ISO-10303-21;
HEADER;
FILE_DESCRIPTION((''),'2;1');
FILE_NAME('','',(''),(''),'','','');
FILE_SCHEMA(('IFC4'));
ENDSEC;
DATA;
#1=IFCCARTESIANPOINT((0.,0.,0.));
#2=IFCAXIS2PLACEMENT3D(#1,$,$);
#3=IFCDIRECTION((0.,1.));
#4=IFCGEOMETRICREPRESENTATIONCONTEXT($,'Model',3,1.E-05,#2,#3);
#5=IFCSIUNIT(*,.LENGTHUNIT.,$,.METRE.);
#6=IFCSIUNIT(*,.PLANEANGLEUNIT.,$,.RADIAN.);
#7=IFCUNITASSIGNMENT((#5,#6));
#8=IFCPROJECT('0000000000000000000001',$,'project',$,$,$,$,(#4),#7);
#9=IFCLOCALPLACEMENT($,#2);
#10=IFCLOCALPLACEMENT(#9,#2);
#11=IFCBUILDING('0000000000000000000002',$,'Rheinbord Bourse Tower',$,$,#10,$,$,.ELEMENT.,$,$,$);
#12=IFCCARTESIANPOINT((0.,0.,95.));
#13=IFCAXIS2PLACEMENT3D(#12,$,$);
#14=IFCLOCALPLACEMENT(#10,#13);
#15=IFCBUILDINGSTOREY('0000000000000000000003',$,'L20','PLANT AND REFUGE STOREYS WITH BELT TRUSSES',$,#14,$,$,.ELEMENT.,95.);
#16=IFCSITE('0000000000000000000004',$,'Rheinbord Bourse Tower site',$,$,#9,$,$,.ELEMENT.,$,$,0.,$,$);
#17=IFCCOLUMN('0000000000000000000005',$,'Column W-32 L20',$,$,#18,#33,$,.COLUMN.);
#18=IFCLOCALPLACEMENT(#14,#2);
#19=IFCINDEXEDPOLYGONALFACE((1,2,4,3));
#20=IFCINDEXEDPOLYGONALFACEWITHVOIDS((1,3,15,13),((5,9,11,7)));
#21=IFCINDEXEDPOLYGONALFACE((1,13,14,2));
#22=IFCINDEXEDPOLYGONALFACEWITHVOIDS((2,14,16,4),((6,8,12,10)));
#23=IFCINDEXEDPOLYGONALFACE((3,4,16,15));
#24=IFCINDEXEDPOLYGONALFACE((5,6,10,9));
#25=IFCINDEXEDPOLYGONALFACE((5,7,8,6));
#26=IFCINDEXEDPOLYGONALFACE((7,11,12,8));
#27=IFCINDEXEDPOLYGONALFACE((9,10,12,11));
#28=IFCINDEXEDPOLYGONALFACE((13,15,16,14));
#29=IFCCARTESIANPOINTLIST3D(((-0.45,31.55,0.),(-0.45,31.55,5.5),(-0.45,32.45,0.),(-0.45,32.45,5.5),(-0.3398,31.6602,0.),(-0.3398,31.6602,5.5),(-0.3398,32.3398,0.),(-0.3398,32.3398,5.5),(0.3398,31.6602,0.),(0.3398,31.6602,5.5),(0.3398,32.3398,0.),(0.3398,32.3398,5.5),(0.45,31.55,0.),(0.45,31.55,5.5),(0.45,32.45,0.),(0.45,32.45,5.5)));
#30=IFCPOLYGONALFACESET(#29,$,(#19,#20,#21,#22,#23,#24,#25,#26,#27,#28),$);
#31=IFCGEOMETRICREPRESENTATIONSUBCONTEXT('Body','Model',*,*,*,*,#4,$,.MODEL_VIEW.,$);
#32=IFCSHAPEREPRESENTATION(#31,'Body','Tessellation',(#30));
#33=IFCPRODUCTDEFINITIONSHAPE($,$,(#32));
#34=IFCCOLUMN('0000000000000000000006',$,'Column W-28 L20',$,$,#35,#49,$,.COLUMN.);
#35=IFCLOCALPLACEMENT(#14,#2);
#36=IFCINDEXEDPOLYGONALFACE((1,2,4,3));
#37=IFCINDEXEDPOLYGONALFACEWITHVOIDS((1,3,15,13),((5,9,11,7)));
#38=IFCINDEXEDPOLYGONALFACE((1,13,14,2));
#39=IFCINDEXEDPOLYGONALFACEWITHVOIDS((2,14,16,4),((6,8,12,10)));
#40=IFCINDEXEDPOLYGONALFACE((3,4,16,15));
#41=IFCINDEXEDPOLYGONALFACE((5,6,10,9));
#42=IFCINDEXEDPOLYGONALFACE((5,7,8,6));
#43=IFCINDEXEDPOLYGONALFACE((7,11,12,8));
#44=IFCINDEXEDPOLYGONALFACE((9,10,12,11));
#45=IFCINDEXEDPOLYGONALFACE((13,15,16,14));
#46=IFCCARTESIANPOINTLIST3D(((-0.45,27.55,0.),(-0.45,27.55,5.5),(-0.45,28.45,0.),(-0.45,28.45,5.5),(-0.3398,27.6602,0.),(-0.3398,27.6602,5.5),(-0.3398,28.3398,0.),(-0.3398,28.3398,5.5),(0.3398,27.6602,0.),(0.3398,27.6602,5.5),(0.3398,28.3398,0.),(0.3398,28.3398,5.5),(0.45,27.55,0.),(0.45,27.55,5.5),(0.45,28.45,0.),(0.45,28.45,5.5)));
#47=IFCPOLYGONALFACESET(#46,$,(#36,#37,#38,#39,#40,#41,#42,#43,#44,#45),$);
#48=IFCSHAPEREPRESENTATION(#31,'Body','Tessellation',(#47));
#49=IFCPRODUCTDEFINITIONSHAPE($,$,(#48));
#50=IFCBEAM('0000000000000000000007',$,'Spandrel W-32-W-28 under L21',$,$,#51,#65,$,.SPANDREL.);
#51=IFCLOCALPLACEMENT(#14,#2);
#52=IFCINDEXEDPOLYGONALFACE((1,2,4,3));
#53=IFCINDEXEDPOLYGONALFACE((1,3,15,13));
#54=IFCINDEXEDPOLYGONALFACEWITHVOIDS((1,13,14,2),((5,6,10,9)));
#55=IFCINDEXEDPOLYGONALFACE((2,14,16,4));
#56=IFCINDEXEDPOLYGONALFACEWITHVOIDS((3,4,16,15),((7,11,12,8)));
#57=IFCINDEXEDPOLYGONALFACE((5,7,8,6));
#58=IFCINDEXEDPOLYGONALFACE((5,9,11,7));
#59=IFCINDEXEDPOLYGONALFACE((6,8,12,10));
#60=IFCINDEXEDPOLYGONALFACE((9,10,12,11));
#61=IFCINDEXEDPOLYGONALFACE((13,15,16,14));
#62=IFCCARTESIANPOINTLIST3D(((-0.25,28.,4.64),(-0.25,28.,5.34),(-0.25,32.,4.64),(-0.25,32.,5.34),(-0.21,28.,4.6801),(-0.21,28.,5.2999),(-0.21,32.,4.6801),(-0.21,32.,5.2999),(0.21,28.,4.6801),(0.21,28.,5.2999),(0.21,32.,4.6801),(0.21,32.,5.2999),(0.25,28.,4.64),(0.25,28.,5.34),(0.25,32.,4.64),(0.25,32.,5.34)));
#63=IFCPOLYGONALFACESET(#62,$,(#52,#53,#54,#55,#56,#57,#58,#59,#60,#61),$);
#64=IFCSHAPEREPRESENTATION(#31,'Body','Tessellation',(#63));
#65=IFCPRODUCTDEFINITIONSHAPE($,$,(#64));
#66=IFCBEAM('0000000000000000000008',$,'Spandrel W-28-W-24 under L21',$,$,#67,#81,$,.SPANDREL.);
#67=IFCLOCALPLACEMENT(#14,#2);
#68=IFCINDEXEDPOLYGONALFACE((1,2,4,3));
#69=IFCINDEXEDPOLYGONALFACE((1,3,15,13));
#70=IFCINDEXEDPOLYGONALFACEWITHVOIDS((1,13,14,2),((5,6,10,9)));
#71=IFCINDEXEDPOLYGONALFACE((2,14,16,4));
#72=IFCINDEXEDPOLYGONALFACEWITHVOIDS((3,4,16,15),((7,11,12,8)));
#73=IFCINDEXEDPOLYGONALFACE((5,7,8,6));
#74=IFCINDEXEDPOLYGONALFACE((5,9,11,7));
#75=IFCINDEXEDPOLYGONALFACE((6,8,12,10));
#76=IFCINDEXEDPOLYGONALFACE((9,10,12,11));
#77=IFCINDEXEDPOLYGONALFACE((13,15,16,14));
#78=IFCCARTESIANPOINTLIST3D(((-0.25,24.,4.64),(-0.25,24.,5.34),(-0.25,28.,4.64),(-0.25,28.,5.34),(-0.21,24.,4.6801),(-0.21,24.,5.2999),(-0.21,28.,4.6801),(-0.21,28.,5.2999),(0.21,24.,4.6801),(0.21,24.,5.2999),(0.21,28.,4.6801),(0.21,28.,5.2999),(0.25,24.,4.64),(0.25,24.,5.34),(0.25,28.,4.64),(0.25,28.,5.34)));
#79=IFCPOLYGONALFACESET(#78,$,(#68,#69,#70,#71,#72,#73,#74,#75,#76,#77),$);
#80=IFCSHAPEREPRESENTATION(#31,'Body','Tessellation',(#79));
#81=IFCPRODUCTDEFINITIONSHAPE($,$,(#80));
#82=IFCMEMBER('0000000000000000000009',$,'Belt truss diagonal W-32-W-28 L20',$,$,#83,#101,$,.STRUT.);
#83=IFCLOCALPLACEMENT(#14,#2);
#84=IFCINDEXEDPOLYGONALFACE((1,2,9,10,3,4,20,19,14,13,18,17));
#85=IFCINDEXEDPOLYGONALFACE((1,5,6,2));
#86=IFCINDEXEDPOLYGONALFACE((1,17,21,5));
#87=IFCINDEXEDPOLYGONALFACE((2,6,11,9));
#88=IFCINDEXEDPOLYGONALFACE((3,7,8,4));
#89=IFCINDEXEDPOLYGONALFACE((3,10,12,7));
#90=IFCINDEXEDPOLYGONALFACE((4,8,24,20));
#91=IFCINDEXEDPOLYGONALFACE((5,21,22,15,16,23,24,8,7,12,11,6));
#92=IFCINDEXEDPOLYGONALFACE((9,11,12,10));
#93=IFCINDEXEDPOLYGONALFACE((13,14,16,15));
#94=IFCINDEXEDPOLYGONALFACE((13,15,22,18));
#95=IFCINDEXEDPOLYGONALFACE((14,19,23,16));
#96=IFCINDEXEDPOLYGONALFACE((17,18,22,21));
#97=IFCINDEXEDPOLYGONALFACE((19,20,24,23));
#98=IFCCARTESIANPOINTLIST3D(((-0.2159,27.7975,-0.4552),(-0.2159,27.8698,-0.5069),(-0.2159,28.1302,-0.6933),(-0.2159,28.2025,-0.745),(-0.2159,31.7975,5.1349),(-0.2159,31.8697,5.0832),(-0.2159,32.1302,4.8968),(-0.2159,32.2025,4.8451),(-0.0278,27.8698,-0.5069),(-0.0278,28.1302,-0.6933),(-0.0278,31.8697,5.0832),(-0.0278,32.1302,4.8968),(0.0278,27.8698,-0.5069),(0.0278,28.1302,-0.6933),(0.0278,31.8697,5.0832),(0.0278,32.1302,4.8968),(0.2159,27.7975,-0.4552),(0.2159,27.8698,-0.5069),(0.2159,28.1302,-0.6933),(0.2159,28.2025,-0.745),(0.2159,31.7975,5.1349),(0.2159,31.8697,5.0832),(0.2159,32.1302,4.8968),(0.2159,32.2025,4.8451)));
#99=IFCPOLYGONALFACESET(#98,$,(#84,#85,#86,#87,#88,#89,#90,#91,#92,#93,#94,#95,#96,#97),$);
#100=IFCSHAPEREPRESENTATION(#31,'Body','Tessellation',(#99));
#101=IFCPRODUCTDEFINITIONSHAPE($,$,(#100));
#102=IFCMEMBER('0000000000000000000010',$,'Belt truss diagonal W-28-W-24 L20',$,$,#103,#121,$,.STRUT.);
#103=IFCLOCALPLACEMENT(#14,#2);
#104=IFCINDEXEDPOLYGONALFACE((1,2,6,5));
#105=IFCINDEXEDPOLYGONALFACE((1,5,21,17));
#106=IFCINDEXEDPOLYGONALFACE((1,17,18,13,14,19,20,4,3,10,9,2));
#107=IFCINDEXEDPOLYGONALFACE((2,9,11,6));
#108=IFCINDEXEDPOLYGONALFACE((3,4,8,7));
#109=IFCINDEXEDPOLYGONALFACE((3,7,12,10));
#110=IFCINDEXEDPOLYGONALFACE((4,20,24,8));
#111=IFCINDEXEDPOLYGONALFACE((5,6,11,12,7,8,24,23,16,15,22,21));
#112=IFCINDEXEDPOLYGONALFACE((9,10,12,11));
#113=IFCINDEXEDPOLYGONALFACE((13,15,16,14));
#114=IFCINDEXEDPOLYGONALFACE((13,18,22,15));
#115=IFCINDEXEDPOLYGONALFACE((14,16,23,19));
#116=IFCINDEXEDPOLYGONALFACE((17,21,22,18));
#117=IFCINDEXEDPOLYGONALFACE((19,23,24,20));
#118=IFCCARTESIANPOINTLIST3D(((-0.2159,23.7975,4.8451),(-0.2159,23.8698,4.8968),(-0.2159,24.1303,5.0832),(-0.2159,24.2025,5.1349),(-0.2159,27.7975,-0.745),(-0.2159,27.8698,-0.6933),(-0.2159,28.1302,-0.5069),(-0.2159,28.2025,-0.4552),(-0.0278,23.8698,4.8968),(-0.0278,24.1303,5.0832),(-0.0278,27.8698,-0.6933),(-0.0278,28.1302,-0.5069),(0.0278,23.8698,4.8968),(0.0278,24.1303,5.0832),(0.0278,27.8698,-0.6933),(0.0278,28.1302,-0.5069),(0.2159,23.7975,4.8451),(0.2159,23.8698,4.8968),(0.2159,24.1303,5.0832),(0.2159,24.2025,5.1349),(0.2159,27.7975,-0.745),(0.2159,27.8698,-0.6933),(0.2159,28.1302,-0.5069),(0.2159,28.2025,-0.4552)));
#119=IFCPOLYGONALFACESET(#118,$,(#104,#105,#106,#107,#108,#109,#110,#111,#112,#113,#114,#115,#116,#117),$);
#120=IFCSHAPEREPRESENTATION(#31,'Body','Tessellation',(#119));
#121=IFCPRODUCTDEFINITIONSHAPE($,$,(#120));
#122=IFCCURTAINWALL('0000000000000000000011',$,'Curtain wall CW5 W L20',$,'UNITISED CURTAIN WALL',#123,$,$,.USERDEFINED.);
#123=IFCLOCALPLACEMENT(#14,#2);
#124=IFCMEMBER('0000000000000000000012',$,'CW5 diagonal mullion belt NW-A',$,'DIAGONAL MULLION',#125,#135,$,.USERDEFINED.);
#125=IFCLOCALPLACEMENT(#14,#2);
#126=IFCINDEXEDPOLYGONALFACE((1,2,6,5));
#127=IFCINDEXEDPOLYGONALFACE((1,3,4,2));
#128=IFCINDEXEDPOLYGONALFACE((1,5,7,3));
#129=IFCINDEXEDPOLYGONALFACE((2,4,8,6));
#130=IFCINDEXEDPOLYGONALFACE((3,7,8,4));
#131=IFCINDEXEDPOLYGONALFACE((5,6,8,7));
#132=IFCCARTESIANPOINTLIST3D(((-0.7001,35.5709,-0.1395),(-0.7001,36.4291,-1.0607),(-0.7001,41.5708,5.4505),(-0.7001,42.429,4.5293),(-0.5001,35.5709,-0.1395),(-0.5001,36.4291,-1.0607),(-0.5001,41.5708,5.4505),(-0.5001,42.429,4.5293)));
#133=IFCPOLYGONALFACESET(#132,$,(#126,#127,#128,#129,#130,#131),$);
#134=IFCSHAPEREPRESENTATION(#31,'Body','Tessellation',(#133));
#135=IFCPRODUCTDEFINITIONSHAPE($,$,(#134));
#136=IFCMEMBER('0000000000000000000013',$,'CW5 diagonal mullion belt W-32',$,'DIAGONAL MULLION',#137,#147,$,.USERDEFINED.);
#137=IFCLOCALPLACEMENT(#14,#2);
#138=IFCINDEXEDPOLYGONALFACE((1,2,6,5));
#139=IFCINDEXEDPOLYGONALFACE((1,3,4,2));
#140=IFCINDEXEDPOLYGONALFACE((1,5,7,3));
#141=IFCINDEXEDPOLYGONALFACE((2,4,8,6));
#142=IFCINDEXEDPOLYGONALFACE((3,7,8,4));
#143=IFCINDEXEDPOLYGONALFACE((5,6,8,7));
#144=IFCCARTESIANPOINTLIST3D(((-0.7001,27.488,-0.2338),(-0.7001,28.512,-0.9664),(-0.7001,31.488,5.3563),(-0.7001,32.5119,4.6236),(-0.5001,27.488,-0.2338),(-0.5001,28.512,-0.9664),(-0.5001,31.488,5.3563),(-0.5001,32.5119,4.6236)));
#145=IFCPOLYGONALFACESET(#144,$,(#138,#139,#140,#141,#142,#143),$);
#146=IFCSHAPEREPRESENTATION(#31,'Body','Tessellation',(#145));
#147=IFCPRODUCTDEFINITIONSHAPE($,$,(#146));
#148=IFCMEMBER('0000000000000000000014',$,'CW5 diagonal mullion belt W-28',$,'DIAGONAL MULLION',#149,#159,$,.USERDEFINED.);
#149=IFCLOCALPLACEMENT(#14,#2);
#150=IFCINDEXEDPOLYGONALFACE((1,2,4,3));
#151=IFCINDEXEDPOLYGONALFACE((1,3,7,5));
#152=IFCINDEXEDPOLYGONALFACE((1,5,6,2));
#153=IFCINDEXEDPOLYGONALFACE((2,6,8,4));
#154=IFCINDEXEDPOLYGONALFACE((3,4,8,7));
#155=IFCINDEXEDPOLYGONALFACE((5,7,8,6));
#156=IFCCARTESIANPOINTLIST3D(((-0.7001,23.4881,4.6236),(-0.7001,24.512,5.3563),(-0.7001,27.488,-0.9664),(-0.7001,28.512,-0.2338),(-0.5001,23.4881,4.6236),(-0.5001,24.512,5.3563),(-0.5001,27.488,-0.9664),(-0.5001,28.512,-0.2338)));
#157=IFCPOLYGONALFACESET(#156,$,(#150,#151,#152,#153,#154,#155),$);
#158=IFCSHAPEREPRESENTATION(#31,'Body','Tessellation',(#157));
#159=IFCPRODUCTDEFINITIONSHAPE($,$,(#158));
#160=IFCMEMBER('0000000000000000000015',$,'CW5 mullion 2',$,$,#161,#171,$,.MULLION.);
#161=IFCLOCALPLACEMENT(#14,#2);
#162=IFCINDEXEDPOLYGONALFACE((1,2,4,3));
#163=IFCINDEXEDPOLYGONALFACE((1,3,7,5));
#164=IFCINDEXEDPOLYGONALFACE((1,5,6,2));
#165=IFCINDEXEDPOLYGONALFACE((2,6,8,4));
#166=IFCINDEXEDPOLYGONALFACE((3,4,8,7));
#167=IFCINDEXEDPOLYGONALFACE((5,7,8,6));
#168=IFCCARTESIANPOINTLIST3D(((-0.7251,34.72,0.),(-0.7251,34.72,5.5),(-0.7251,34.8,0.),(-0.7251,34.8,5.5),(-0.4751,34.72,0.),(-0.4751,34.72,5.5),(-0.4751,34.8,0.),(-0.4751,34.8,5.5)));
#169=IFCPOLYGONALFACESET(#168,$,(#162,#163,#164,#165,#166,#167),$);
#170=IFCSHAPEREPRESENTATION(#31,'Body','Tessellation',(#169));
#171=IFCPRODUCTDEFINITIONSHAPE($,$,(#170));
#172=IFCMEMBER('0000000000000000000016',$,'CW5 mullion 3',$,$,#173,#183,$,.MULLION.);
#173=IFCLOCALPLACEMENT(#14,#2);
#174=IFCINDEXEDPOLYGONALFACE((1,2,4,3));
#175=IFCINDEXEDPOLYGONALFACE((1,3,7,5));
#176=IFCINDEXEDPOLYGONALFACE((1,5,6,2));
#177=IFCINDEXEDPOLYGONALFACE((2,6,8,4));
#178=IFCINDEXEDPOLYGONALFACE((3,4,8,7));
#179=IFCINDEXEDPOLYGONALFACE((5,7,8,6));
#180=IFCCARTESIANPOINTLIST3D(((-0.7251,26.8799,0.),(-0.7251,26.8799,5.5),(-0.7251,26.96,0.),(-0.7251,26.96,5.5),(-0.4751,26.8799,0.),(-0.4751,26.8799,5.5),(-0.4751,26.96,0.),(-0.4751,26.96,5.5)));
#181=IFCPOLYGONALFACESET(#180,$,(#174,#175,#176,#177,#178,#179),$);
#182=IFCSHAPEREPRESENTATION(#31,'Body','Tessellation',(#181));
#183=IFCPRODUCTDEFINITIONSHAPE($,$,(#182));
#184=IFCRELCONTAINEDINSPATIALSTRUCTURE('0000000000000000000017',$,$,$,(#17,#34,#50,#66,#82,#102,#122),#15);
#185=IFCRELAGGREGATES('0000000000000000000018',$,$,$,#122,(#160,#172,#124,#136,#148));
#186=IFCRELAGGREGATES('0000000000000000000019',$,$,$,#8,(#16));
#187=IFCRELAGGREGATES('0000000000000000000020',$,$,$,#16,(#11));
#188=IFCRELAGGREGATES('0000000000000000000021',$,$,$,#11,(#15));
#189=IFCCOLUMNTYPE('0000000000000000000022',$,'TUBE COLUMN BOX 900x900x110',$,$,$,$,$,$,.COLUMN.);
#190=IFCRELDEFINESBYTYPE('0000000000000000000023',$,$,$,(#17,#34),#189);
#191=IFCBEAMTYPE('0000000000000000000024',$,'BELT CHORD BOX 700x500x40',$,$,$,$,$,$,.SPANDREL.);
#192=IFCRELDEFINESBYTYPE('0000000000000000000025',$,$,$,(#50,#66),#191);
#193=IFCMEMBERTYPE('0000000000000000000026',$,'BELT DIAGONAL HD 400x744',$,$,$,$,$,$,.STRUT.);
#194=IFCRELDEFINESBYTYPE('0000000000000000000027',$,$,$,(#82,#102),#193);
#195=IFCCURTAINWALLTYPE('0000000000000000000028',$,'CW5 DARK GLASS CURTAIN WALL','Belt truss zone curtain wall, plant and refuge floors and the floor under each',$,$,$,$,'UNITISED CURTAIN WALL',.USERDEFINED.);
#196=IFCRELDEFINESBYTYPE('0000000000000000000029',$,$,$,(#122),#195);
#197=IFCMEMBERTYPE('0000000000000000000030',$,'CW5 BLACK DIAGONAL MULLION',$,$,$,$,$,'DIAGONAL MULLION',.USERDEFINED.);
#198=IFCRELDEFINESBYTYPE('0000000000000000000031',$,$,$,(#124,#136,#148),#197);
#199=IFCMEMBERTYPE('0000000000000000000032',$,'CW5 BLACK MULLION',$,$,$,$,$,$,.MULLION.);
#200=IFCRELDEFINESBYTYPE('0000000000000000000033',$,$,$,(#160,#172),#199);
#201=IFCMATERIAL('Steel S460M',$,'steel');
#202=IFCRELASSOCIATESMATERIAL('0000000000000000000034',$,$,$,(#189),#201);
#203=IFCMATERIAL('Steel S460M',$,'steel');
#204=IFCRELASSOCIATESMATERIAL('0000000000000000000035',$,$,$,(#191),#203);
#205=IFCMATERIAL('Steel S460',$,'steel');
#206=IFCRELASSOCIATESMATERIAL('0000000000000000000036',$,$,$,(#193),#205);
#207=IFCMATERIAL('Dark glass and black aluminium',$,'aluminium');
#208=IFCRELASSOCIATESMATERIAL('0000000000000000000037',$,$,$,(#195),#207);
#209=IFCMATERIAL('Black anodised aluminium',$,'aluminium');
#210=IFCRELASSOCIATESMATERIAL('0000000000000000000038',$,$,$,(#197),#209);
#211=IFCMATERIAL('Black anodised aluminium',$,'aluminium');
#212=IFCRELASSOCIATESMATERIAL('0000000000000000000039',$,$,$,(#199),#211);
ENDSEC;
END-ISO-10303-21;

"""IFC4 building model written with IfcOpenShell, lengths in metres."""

from ifc_helpers import new_model, si_unit, direction, frame, origin, origin_2d, place, context, subcontext, project, spatial, rectangle, hollow_rectangle, i_section, extrude, material, material_profile, profile_set, type_object, element, aggregate, save


model = new_model("IFC4")

# Units and contexts
model_context = context("Model", 3, precision=1e-05, world=origin(), true_north=direction((0.0, 1.0)))
body_context = subcontext(model_context, "Body", "Model", "MODEL_VIEW")
ifc_project = project(units=[si_unit("LENGTHUNIT", "METRE"), si_unit("PLANEANGLEUNIT", "RADIAN")], contexts=[model_context])

# Site, building, storey
site_placement = place(None, origin())
site = spatial("IfcSite", under=ifc_project, at=site_placement, Name="Rheinbord Bourse Tower site", CompositionType="ELEMENT", RefElevation=0.0)
building_placement = place(site_placement, origin())
building = spatial("IfcBuilding", under=site, at=building_placement, Name="Rheinbord Bourse Tower", CompositionType="ELEMENT")
storey_placement = place(building_placement, frame((0.0, 0.0, 95.0)))
storey = spatial("IfcBuildingStorey", under=building, at=storey_placement, Name="L20", Description="PLANT AND REFUGE STOREYS WITH BELT TRUSSES", CompositionType="ELEMENT", Elevation=95.0)

# Columns
ifc_material_1 = material(Name="Steel S460M", Category="steel")
ifc_material_profile_1 = material_profile(ifc_material_1, hollow_rectangle(XDim=0.8999, YDim=0.8999, WallThickness=0.1101, at=origin_2d()), Name="BOX 900x900x110")
ifc_profile_set_1 = profile_set([ifc_material_profile_1], Name="Steel S460M")
column_type = type_object("IfcColumnType", Name="TUBE COLUMN BOX 900x900x110", PredefinedType="COLUMN", material=ifc_profile_set_1)
for number, where, z_axis, x_axis, name in (
    (1, (0.0, 32.0, 0.0), (0.0, 0.0, 1.0), (1.0, 0.0, 0.0), "Column W-32 L20"),
    (2, (0.0, 28.0, 0.0), (0.0, 0.0, 1.0), (1.0, 0.0, 0.0), "Column W-28 L20"),
):
    element("IfcColumn", number, at=place(storey_placement, frame(where, z_axis=z_axis, x_axis=x_axis)), inside=storey, type_object=column_type, Name=name, PredefinedType="COLUMN", context=body_context, shape_type="SweptSolid", body=[
        extrude(hollow_rectangle(XDim=0.8999, YDim=0.8999, WallThickness=0.1101, at=origin_2d()), origin(), (0.0, 0.0, 1.0), 5.5),
    ])

# Beams
ifc_material_2 = material(Name="Steel S460M", Category="steel")
ifc_material_profile_2 = material_profile(ifc_material_2, hollow_rectangle(XDim=0.5, YDim=0.7, WallThickness=0.04, at=origin_2d()), Name="BOX 700x500x40")
ifc_profile_set_2 = profile_set([ifc_material_profile_2], Name="Steel S460M")
beam_type_1 = type_object("IfcBeamType", Name="BELT CHORD BOX 700x500x40", PredefinedType="SPANDREL", material=ifc_profile_set_2)
for number, where, z_axis, x_axis, name in (
    (3, (0.0, 32.0, 4.99), (0.0, -1.0, 0.0), (1.0, 0.0, 0.0), "Spandrel W-32-W-28 under L21"),
    (4, (0.0, 28.0, 4.99), (0.0, -1.0, 0.0), (1.0, 0.0, 0.0), "Spandrel W-28-W-24 under L21"),
):
    element("IfcBeam", number, at=place(storey_placement, frame(where, z_axis=z_axis, x_axis=x_axis)), inside=storey, type_object=beam_type_1, Name=name, PredefinedType="SPANDREL", context=body_context, shape_type="SweptSolid", body=[
        extrude(hollow_rectangle(XDim=0.5, YDim=0.7, WallThickness=0.04, at=origin_2d()), origin(), (0.0, 0.0, 1.0), 4.0),
    ])

# Members
ifc_material_3 = material(Name="Steel S460", Category="steel")
ifc_material_profile_3 = material_profile(ifc_material_3, i_section(OverallWidth=0.4319, OverallDepth=0.498, WebThickness=0.0557, FlangeThickness=0.0889, at=origin_2d()), Name="HD 400x744")
ifc_profile_set_3 = profile_set([ifc_material_profile_3], Name="Steel S460")
member_type_1 = type_object("IfcMemberType", Name="BELT DIAGONAL HD 400x744", PredefinedType="STRUT", material=ifc_profile_set_3)
for number, where, z_axis, x_axis, name in (
    (5, (0.0, 28.0, -0.6001), (0.0, 0.58192, 0.813246), (-1.0, 0.0, 0.0), "Belt truss diagonal W-32-W-28 L20"),
    (6, (0.0, 28.0, -0.6001), (0.0, -0.58192, 0.813246), (1.0, 0.0, 0.0), "Belt truss diagonal W-28-W-24 L20"),
):
    element("IfcMember", number, at=place(storey_placement, frame(where, z_axis=z_axis, x_axis=x_axis)), inside=storey, type_object=member_type_1, Name=name, PredefinedType="STRUT", context=body_context, shape_type="SweptSolid", body=[
        extrude(i_section(OverallWidth=0.4319, OverallDepth=0.498, WebThickness=0.0557, FlangeThickness=0.0889, at=origin_2d()), origin(), (0.0, 0.0, 1.0), 6.8738),
    ])

# Curtain wall, members
ifc_material_4 = material(Name="Dark glass and black aluminium", Category="aluminium")
curtain_wall_type = type_object("IfcCurtainWallType", Name="CW5 DARK GLASS CURTAIN WALL", Description="Belt truss zone curtain wall, plant and refuge floors and the floor under each", ElementType="UNITISED CURTAIN WALL", PredefinedType="USERDEFINED", material=ifc_material_4)
curtain_wall_placement = place(storey_placement, origin())
curtain_wall = element("IfcCurtainWall", 7, at=curtain_wall_placement, inside=storey, type_object=curtain_wall_type, Name="Curtain wall CW5 W L20", ObjectType="UNITISED CURTAIN WALL", PredefinedType="USERDEFINED")
ifc_material_5 = material(Name="Black anodised aluminium", Category="aluminium")
ifc_material_profile_4 = material_profile(ifc_material_5, rectangle(XDim=0.2, YDim=1.259, at=origin_2d()), Name="CW5 DIAGONAL MULLION 1259x200")
ifc_profile_set_4 = profile_set([ifc_material_profile_4], Name="Black anodised aluminium")
member_type_2 = type_object("IfcMemberType", Name="CW5 BLACK DIAGONAL MULLION", ElementType="DIAGONAL MULLION", PredefinedType="USERDEFINED", material=ifc_profile_set_4)
member_1_placement = place(storey_placement, frame((-0.6001, 36.0, -0.6001), z_axis=(0.0, 0.731658, 0.681672), x_axis=(-1.0, 0.0, 0.0)))
member_1 = element("IfcMember", 8, at=member_1_placement, type_object=member_type_2, Name="CW5 diagonal mullion belt NW-A", ObjectType="DIAGONAL MULLION", PredefinedType="USERDEFINED", context=body_context, shape_type="SweptSolid", body=[
    extrude(rectangle(XDim=0.2, YDim=1.259, at=origin_2d()), origin(), (0.0, 0.0, 1.0), 8.2004),
])
member_2_placement = place(storey_placement, frame((-0.6001, 28.0, -0.6001), z_axis=(0.0, 0.58192, 0.813246), x_axis=(-1.0, 0.0, 0.0)))
member_2 = element("IfcMember", 9, at=member_2_placement, type_object=member_type_2, Name="CW5 diagonal mullion belt W-32", ObjectType="DIAGONAL MULLION", PredefinedType="USERDEFINED", context=body_context, shape_type="SweptSolid", body=[
    extrude(rectangle(XDim=0.2, YDim=1.259, at=origin_2d()), origin(), (0.0, 0.0, 1.0), 6.8738),
])
member_3_placement = place(storey_placement, frame((-0.6001, 28.0, -0.6001), z_axis=(0.0, -0.58192, 0.813246), x_axis=(1.0, 0.0, 0.0)))
member_3 = element("IfcMember", 10, at=member_3_placement, type_object=member_type_2, Name="CW5 diagonal mullion belt W-28", ObjectType="DIAGONAL MULLION", PredefinedType="USERDEFINED", context=body_context, shape_type="SweptSolid", body=[
    extrude(rectangle(XDim=0.2, YDim=1.259, at=origin_2d()), origin(), (0.0, 0.0, 1.0), 6.8738),
])
ifc_material_6 = material(Name="Black anodised aluminium", Category="aluminium")
ifc_material_profile_5 = material_profile(ifc_material_6, rectangle(XDim=0.25, YDim=0.0801, at=origin_2d()), Name="CW5 MULLION 80x250")
ifc_profile_set_5 = profile_set([ifc_material_profile_5], Name="Black anodised aluminium")
member_type_3 = type_object("IfcMemberType", Name="CW5 BLACK MULLION", PredefinedType="MULLION", material=ifc_profile_set_5)
member_4_placement = place(storey_placement, frame((-0.6001, 34.76, 0.0), z_axis=(0.0, 0.0, 1.0), x_axis=(1.0, 0.0, 0.0)))
member_4 = element("IfcMember", 11, at=member_4_placement, type_object=member_type_3, Name="CW5 mullion 2", PredefinedType="MULLION", context=body_context, shape_type="SweptSolid", body=[
    extrude(rectangle(XDim=0.25, YDim=0.0801, at=origin_2d()), origin(), (0.0, 0.0, 1.0), 5.5),
])
member_5_placement = place(storey_placement, frame((-0.6001, 26.9199, 0.0), z_axis=(0.0, 0.0, 1.0), x_axis=(1.0, 0.0, 0.0)))
member_5 = element("IfcMember", 12, at=member_5_placement, type_object=member_type_3, Name="CW5 mullion 3", PredefinedType="MULLION", context=body_context, shape_type="SweptSolid", body=[
    extrude(rectangle(XDim=0.25, YDim=0.0801, at=origin_2d()), origin(), (0.0, 0.0, 1.0), 5.5),
])

aggregate(curtain_wall, [member_4, member_5, member_1, member_2, member_3])

save(model, "model.ifc")
